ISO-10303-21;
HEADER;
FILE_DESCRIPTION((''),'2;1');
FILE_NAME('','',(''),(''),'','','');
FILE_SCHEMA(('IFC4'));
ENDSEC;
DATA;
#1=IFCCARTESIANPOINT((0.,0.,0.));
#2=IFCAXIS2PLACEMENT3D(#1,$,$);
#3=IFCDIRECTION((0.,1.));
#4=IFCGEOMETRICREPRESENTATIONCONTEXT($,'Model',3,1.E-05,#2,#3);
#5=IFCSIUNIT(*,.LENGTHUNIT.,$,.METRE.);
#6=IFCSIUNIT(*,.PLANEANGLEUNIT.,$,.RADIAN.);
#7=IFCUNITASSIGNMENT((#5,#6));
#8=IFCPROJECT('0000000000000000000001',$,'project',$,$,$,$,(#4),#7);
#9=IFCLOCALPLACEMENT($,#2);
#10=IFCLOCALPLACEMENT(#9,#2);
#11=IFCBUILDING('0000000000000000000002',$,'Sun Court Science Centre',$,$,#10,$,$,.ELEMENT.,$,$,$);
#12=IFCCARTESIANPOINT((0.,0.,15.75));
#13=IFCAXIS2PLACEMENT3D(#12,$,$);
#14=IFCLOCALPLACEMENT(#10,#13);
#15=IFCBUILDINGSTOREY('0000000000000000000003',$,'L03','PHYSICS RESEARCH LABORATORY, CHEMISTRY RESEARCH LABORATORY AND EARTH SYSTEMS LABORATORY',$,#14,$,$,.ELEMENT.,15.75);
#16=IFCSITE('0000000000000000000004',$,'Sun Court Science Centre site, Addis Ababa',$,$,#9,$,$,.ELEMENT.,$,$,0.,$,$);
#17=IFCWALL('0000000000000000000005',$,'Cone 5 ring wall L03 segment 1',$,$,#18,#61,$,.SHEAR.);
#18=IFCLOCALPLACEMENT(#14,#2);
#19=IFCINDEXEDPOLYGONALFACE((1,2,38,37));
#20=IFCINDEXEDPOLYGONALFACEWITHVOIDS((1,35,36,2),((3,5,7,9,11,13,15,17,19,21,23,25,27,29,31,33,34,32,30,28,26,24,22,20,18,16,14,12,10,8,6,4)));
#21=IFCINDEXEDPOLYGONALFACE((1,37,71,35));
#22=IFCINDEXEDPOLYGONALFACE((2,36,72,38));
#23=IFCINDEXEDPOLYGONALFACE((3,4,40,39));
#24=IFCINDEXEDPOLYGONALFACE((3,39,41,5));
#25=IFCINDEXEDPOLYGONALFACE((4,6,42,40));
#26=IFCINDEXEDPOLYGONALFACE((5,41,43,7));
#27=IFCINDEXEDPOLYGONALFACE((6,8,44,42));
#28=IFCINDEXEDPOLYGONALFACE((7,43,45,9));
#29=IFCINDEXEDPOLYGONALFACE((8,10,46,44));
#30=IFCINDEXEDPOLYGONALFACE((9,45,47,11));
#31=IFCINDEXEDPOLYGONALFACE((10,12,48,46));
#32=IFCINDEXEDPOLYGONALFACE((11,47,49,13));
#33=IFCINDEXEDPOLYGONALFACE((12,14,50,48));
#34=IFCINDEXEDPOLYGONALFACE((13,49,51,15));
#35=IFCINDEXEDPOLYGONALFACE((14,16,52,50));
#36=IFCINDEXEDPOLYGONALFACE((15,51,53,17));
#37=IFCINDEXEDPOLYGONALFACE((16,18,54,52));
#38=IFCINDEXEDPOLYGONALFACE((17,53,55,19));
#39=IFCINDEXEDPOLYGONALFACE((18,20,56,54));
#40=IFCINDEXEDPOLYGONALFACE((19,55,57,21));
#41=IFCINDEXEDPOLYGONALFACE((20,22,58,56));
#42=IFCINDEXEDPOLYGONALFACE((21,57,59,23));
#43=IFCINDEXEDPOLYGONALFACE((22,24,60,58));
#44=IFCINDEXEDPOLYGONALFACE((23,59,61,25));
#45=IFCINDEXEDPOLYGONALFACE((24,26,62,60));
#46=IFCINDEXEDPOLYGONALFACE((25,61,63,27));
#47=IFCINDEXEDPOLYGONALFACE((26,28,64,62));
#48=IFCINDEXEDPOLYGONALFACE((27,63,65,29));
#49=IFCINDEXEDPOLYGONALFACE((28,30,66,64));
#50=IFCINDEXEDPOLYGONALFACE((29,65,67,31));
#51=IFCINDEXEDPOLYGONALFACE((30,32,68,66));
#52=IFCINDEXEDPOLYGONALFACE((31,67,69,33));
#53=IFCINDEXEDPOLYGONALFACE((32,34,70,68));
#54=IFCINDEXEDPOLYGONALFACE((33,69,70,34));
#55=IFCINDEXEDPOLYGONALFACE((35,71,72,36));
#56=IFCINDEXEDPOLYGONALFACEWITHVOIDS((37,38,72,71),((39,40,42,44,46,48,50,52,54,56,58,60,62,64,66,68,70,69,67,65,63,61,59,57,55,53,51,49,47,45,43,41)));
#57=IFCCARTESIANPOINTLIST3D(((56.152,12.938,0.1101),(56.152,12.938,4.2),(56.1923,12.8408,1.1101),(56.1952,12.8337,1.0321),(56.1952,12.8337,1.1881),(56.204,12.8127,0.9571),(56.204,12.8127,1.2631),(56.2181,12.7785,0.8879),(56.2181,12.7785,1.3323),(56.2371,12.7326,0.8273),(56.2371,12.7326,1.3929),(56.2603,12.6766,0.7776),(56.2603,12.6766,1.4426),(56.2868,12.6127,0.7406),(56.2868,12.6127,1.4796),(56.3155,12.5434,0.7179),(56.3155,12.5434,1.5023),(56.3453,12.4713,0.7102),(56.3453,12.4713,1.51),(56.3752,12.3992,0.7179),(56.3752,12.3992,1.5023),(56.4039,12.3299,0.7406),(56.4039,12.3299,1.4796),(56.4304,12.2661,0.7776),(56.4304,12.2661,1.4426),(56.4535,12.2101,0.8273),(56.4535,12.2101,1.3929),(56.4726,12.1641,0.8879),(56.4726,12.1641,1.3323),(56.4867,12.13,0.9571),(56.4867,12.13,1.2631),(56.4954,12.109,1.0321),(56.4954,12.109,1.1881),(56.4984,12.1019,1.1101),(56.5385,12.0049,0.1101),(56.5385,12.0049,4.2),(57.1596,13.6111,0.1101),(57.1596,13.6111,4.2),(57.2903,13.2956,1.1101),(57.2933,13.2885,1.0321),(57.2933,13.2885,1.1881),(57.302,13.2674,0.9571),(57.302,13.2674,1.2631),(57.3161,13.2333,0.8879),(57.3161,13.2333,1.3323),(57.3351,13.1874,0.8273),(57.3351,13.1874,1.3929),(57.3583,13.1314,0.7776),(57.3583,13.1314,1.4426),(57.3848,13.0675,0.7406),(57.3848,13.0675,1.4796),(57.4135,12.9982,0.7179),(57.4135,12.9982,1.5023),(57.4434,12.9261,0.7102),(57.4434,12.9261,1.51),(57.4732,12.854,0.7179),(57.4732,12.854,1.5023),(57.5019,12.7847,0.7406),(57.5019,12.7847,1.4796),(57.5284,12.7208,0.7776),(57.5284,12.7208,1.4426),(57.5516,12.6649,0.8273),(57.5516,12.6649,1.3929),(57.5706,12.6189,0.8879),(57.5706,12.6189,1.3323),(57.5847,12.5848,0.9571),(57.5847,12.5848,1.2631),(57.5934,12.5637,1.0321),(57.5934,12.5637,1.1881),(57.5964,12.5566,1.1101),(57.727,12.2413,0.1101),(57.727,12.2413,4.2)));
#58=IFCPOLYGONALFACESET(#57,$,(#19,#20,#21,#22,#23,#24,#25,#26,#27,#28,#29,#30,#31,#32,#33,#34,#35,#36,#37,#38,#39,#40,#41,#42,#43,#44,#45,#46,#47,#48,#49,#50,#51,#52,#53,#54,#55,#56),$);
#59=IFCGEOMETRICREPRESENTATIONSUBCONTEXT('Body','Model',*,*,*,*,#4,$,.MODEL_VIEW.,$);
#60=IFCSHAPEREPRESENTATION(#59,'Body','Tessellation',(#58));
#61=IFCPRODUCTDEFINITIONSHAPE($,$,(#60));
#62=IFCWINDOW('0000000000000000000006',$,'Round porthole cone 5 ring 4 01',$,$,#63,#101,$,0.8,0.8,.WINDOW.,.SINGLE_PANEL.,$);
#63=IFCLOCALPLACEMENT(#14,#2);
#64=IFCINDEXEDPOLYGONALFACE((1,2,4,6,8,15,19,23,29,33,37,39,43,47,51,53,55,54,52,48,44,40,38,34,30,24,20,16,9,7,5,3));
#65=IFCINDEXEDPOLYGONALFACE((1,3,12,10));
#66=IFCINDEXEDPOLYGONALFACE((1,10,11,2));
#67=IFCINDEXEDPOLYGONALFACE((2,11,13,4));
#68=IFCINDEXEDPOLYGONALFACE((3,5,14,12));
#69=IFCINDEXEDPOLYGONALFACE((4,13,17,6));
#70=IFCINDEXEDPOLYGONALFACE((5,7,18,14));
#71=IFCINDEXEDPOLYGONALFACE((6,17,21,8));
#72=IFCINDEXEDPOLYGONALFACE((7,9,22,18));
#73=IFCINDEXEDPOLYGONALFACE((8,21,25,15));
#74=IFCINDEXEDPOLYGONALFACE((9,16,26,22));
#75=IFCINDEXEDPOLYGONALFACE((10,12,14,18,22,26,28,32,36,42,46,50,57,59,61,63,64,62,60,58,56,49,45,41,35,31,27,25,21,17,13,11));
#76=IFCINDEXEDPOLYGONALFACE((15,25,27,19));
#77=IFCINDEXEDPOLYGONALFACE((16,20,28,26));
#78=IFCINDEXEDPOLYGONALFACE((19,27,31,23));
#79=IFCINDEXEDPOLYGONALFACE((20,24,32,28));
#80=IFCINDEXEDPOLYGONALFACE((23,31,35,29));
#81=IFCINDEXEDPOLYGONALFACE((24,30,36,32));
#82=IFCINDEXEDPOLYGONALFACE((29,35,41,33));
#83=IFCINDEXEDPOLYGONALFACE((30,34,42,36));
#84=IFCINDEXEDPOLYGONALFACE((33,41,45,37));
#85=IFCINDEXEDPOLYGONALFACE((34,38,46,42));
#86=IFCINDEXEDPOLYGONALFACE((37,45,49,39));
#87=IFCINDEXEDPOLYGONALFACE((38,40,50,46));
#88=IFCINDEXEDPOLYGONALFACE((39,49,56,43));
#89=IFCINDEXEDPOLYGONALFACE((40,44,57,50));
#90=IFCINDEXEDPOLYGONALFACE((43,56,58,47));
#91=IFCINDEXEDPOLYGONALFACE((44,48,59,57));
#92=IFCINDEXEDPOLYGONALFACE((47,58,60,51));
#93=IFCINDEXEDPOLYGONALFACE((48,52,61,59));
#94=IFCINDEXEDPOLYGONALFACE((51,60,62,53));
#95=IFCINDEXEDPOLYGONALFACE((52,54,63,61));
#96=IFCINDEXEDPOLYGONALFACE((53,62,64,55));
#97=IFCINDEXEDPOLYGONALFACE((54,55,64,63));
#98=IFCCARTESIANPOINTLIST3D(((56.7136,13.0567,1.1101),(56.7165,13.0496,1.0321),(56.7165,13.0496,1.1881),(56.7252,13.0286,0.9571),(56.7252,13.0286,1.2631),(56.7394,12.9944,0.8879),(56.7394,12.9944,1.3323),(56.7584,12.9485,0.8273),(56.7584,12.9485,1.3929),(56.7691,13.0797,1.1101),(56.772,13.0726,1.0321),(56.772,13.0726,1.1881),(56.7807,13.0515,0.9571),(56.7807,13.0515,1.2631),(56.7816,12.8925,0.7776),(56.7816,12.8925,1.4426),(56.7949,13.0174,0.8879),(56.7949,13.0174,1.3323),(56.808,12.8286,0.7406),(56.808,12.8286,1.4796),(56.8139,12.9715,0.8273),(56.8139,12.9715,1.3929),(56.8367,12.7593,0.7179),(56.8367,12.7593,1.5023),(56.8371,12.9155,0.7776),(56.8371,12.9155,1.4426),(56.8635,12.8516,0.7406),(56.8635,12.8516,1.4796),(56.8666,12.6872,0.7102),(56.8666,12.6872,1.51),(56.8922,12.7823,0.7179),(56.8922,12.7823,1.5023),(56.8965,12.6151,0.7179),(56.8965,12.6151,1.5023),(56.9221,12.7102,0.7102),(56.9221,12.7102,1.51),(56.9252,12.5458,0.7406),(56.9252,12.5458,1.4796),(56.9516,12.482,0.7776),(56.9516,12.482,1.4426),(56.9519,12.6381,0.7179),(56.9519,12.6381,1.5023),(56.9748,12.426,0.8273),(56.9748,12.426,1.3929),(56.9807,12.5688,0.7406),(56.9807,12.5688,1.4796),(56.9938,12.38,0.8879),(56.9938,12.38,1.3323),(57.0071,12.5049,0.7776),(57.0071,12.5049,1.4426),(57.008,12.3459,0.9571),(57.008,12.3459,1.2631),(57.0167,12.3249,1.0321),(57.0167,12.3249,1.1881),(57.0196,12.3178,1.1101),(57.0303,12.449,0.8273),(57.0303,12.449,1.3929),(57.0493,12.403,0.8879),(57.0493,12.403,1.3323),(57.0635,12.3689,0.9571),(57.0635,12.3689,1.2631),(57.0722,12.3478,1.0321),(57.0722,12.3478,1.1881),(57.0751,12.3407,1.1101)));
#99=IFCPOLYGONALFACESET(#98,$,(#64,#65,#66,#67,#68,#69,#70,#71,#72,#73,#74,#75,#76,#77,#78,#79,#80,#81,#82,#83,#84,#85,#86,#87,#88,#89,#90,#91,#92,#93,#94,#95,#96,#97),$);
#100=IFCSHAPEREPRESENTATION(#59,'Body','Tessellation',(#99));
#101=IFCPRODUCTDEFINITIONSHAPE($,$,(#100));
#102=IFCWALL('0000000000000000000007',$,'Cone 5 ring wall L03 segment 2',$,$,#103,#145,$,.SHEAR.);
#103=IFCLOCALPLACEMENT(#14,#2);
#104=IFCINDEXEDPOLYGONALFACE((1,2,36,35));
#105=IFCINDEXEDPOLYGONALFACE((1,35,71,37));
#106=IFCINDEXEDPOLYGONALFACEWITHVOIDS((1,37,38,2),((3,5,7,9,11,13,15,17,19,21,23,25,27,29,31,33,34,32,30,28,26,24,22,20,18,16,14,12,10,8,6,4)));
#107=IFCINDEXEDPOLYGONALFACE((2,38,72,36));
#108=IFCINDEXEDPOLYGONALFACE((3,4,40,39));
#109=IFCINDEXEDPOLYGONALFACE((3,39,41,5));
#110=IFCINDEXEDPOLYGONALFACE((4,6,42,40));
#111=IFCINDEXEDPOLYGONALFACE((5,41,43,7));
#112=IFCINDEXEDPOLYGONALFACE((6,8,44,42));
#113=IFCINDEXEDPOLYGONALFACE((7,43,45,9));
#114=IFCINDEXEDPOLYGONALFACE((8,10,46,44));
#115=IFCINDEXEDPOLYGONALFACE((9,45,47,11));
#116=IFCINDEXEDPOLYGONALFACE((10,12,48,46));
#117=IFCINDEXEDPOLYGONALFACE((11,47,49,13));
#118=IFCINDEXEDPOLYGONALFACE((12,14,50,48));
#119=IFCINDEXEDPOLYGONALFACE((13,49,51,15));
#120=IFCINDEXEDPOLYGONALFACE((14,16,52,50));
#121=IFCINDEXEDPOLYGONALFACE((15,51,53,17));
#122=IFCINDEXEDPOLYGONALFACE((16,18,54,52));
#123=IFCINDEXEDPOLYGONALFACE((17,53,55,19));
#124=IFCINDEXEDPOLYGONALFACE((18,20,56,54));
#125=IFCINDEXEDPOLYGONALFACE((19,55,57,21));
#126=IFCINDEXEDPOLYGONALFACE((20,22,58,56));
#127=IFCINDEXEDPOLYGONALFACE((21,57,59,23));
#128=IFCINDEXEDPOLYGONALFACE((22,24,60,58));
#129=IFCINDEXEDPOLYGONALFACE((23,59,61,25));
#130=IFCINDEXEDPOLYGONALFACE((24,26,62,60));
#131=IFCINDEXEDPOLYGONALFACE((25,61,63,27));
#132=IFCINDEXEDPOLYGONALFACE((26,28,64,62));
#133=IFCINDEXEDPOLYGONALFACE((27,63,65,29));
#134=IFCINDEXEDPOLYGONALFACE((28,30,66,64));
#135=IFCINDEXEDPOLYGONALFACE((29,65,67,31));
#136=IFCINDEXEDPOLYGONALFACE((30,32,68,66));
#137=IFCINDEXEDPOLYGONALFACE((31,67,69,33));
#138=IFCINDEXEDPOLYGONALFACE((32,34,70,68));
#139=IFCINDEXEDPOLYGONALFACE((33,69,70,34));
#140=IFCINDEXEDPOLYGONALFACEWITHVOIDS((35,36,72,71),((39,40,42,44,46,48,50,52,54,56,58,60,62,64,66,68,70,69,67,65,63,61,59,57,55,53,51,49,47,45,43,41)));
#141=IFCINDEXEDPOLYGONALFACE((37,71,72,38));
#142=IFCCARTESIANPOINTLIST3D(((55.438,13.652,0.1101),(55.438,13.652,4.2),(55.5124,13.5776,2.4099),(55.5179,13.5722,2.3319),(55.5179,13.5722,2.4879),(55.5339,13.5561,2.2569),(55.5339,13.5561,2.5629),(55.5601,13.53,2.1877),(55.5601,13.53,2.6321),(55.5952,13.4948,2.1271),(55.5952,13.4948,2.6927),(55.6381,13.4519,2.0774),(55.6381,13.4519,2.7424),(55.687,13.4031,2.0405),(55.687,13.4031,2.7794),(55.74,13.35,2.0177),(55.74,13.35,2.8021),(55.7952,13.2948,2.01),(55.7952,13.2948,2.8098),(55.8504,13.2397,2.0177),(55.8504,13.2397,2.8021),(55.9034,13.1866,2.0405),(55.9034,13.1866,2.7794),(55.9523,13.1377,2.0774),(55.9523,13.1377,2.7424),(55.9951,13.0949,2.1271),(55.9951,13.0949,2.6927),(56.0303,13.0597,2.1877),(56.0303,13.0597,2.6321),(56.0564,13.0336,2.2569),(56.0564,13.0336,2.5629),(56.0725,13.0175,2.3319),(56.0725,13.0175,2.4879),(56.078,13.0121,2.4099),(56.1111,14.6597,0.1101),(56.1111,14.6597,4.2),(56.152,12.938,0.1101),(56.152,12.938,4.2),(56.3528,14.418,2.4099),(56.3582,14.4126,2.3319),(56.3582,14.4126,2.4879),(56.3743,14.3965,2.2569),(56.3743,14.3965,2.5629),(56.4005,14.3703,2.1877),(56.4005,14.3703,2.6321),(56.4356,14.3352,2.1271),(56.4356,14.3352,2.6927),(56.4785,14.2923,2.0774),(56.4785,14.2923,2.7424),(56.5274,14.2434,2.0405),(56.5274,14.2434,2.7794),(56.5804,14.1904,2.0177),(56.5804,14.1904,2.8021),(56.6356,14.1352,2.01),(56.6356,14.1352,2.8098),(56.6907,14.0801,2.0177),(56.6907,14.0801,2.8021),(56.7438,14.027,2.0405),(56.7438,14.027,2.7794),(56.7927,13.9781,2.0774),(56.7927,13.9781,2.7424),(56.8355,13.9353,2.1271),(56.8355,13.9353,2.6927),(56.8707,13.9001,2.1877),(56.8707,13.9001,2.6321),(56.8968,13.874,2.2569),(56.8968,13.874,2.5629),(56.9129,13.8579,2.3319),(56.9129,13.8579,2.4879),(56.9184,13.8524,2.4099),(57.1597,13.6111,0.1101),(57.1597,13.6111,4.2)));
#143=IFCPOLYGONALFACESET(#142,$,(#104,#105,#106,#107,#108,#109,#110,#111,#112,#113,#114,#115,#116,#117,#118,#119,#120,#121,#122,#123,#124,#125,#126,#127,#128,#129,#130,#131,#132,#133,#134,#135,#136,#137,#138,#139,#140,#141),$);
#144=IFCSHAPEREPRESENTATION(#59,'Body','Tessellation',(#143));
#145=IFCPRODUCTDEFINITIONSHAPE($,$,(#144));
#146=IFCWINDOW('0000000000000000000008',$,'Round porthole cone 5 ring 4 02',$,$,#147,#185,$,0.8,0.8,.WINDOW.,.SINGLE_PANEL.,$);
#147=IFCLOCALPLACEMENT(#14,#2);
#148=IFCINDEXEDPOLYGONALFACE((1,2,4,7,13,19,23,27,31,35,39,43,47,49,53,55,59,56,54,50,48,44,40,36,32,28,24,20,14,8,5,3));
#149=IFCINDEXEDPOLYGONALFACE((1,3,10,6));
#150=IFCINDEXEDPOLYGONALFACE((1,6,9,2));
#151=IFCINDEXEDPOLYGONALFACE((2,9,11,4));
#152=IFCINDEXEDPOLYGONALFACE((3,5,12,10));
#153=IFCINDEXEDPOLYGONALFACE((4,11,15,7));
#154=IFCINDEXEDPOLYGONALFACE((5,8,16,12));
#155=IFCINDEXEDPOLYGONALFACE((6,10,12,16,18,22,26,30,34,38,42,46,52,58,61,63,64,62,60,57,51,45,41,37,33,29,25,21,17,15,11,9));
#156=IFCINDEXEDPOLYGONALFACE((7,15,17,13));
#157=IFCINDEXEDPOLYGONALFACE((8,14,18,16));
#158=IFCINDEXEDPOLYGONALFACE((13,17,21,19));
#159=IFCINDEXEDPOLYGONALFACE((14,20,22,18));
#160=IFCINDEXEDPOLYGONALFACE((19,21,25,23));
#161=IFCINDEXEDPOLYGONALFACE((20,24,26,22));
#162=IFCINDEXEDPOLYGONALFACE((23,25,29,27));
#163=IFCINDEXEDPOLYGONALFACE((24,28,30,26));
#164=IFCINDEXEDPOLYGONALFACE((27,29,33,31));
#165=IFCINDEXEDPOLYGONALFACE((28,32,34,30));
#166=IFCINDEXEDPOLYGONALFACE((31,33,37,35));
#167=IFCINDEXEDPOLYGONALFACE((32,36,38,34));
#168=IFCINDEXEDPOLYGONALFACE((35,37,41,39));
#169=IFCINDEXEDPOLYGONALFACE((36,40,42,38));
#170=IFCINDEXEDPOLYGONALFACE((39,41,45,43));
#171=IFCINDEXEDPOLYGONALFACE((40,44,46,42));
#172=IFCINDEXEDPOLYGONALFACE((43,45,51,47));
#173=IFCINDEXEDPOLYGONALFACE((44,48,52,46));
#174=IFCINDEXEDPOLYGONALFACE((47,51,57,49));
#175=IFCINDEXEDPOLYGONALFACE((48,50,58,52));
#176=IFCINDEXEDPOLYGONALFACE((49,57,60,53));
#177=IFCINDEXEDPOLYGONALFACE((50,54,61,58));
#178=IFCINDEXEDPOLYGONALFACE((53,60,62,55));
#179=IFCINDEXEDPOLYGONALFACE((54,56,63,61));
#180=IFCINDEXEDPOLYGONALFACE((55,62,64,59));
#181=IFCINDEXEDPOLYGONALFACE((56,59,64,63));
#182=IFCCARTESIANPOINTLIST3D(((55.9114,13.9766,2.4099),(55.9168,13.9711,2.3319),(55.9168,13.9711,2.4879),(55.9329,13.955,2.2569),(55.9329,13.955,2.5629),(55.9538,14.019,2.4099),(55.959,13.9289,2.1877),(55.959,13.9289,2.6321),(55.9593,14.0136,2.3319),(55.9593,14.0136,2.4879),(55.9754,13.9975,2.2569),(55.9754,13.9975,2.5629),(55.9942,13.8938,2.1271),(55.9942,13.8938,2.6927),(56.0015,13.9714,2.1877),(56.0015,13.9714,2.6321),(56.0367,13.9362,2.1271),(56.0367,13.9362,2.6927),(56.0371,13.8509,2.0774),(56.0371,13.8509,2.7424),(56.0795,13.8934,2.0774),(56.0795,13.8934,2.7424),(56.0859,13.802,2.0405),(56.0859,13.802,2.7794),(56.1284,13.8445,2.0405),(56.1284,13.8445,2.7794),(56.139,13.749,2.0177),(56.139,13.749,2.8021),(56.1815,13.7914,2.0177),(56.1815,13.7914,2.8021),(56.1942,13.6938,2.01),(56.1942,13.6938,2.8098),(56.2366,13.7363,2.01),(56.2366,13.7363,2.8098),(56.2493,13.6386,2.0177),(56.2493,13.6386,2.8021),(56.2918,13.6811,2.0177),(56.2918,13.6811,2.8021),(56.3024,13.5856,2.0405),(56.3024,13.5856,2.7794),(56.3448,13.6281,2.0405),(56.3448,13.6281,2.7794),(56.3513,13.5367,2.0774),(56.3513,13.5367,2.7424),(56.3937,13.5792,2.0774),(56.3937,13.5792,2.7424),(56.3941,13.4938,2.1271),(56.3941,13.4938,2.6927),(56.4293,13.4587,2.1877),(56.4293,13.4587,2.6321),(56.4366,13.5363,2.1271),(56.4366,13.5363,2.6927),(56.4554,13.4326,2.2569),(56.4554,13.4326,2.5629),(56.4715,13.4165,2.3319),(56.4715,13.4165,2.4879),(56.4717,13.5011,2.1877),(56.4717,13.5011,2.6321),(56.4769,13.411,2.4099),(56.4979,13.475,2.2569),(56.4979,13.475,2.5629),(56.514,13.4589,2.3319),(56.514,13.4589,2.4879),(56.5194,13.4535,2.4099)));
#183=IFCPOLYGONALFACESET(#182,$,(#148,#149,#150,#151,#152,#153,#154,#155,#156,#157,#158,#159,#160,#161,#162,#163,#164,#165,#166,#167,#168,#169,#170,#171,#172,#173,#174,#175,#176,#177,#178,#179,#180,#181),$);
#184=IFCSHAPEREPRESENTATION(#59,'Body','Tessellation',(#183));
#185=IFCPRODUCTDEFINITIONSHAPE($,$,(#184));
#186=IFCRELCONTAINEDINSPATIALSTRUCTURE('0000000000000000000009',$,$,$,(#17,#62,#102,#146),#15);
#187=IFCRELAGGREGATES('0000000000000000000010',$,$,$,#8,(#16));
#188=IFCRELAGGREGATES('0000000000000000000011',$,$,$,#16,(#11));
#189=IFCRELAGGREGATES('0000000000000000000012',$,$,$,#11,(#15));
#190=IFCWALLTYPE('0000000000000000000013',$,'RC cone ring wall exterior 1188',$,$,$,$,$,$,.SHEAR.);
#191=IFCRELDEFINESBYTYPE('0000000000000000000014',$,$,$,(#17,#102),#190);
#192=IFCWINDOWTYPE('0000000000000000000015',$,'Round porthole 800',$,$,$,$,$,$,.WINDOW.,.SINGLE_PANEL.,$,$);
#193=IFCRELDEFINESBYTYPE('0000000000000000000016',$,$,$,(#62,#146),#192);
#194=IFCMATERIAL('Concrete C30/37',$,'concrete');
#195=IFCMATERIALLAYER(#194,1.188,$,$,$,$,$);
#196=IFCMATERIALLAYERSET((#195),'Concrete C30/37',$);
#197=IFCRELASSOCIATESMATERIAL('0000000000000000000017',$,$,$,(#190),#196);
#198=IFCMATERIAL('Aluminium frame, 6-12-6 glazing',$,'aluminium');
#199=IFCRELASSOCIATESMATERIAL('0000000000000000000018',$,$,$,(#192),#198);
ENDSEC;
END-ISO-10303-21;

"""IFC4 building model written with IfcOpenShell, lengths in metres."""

from ifc_helpers import new_model, si_unit, direction, frame, frame_2d, origin, place, context, subcontext, project, spatial, polyline, circle, outline, extrude, material, layer, layer_set, type_object, element, fill, save


model = new_model("IFC4")

# Units and contexts
model_context = context("Model", 3, precision=1e-05, world=origin(), true_north=direction((0.0, 1.0)))
body_context = subcontext(model_context, "Body", "Model", "MODEL_VIEW")
ifc_project = project(units=[si_unit("LENGTHUNIT", "METRE"), si_unit("PLANEANGLEUNIT", "RADIAN")], contexts=[model_context])

# Site, building, storey
site_placement = place(None, origin())
site = spatial("IfcSite", under=ifc_project, at=site_placement, Name="Sun Court Science Centre site, Addis Ababa", CompositionType="ELEMENT", RefElevation=0.0)
building_placement = place(site_placement, origin())
building = spatial("IfcBuilding", under=site, at=building_placement, Name="Sun Court Science Centre", CompositionType="ELEMENT")
storey_placement = place(building_placement, frame((0.0, 0.0, 15.75)))
storey = spatial("IfcBuildingStorey", under=building, at=storey_placement, Name="L03", Description="PHYSICS RESEARCH LABORATORY, CHEMISTRY RESEARCH LABORATORY AND EARTH SYSTEMS LABORATORY", CompositionType="ELEMENT", Elevation=15.75)

# Walls, openings, windows
ifc_material_1 = material(Name="Concrete C30/37", Category="concrete")
ifc_layer = layer(ifc_material_1, 1.188)
ifc_layer_set = layer_set([ifc_layer], Name="Concrete C30/37")
wall_type = type_object("IfcWallType", Name="RC cone ring wall exterior 1188", PredefinedType="SHEAR", material=ifc_layer_set)
wall_1_placement = place(storey_placement, frame((57.178, 12.0139, 0.1101), z_axis=(0.0, 0.0, 1.0), x_axis=(-0.382662, 0.923888, 0.0)))
wall_1 = element("IfcWall", 1, at=wall_1_placement, inside=storey, type_object=wall_type, Name="Cone 5 ring wall L03 segment 1", PredefinedType="SHEAR", context=body_context, shape_type="SweptSolid", body=[
    extrude(outline(polyline([(0.0, -0.5942), (1.4827, -0.5942), (1.2463, 0.5942), (0.2363, 0.5942), (0.0, -0.5942)])), origin(), (0.0, 0.0, 1.0), 4.0898),
])
opening_1_placement = place(wall_1_placement, frame((0.3413, 0.0, 0.6001)))
opening_1 = element("IfcOpeningElement", 2, at=opening_1_placement, cuts=wall_1, PredefinedType="OPENING", context=body_context, shape_type="SweptSolid", body=[
    extrude(circle(Radius=0.3999, at=frame_2d((0.3999, 0.3999))), frame((0.0, 0.6042, 0.0), z_axis=(0.0, -1.0, 0.0), x_axis=(1.0, 0.0, 0.0)), (0.0, 0.0, 1.0), 1.2085),
])
ifc_material_2 = material(Name="Aluminium frame, 6-12-6 glazing", Category="aluminium")
window_type = type_object("IfcWindowType", Name="Round porthole 800", PartitioningType="SINGLE_PANEL", PredefinedType="WINDOW", material=ifc_material_2)
window_1_placement = place(opening_1_placement, origin())
window_1 = element("IfcWindow", 3, at=window_1_placement, inside=storey, type_object=window_type, Name="Round porthole cone 5 ring 4 01", OverallHeight=0.8, OverallWidth=0.8, PartitioningType="SINGLE_PANEL", PredefinedType="WINDOW", context=body_context, shape_type="SweptSolid", body=[
    extrude(circle(Radius=0.3999, at=frame_2d((0.3999, 0.3999))), frame((0.0, 0.03, 0.0), z_axis=(0.0, -1.0, 0.0), x_axis=(1.0, 0.0, 0.0)), (0.0, 0.0, 1.0), 0.0601),
])
fill(opening_1, window_1)
wall_2_placement = place(storey_placement, frame((56.7395, 13.1909, 0.1101), z_axis=(0.0, 0.0, 1.0), x_axis=(-0.707107, 0.707107, 0.0)))
wall_2 = element("IfcWall", 4, at=wall_2_placement, inside=storey, type_object=wall_type, Name="Cone 5 ring wall L03 segment 2", PredefinedType="SHEAR", context=body_context, shape_type="SweptSolid", body=[
    extrude(outline(polyline([(0.0, -0.5942), (1.4829, -0.5942), (1.2463, 0.5942), (0.2366, 0.5942), (0.0, -0.5942)])), origin(), (0.0, 0.0, 1.0), 4.0898),
])
opening_2_placement = place(wall_2_placement, frame((0.3413, 0.0, 1.8999)))
opening_2 = element("IfcOpeningElement", 5, at=opening_2_placement, cuts=wall_2, PredefinedType="OPENING", context=body_context, shape_type="SweptSolid", body=[
    extrude(circle(Radius=0.3999, at=frame_2d((0.3999, 0.3999))), frame((0.0, 0.6042, 0.0), z_axis=(0.0, -1.0, 0.0), x_axis=(1.0, 0.0, 0.0)), (0.0, 0.0, 1.0), 1.2085),
])
window_2_placement = place(opening_2_placement, origin())
window_2 = element("IfcWindow", 6, at=window_2_placement, inside=storey, type_object=window_type, Name="Round porthole cone 5 ring 4 02", OverallHeight=0.8, OverallWidth=0.8, PartitioningType="SINGLE_PANEL", PredefinedType="WINDOW", context=body_context, shape_type="SweptSolid", body=[
    extrude(circle(Radius=0.3999, at=frame_2d((0.3999, 0.3999))), frame((0.0, 0.03, 0.0), z_axis=(0.0, -1.0, 0.0), x_axis=(1.0, 0.0, 0.0)), (0.0, 0.0, 1.0), 0.0601),
])
fill(opening_2, window_2)

save(model, "model.ifc")
